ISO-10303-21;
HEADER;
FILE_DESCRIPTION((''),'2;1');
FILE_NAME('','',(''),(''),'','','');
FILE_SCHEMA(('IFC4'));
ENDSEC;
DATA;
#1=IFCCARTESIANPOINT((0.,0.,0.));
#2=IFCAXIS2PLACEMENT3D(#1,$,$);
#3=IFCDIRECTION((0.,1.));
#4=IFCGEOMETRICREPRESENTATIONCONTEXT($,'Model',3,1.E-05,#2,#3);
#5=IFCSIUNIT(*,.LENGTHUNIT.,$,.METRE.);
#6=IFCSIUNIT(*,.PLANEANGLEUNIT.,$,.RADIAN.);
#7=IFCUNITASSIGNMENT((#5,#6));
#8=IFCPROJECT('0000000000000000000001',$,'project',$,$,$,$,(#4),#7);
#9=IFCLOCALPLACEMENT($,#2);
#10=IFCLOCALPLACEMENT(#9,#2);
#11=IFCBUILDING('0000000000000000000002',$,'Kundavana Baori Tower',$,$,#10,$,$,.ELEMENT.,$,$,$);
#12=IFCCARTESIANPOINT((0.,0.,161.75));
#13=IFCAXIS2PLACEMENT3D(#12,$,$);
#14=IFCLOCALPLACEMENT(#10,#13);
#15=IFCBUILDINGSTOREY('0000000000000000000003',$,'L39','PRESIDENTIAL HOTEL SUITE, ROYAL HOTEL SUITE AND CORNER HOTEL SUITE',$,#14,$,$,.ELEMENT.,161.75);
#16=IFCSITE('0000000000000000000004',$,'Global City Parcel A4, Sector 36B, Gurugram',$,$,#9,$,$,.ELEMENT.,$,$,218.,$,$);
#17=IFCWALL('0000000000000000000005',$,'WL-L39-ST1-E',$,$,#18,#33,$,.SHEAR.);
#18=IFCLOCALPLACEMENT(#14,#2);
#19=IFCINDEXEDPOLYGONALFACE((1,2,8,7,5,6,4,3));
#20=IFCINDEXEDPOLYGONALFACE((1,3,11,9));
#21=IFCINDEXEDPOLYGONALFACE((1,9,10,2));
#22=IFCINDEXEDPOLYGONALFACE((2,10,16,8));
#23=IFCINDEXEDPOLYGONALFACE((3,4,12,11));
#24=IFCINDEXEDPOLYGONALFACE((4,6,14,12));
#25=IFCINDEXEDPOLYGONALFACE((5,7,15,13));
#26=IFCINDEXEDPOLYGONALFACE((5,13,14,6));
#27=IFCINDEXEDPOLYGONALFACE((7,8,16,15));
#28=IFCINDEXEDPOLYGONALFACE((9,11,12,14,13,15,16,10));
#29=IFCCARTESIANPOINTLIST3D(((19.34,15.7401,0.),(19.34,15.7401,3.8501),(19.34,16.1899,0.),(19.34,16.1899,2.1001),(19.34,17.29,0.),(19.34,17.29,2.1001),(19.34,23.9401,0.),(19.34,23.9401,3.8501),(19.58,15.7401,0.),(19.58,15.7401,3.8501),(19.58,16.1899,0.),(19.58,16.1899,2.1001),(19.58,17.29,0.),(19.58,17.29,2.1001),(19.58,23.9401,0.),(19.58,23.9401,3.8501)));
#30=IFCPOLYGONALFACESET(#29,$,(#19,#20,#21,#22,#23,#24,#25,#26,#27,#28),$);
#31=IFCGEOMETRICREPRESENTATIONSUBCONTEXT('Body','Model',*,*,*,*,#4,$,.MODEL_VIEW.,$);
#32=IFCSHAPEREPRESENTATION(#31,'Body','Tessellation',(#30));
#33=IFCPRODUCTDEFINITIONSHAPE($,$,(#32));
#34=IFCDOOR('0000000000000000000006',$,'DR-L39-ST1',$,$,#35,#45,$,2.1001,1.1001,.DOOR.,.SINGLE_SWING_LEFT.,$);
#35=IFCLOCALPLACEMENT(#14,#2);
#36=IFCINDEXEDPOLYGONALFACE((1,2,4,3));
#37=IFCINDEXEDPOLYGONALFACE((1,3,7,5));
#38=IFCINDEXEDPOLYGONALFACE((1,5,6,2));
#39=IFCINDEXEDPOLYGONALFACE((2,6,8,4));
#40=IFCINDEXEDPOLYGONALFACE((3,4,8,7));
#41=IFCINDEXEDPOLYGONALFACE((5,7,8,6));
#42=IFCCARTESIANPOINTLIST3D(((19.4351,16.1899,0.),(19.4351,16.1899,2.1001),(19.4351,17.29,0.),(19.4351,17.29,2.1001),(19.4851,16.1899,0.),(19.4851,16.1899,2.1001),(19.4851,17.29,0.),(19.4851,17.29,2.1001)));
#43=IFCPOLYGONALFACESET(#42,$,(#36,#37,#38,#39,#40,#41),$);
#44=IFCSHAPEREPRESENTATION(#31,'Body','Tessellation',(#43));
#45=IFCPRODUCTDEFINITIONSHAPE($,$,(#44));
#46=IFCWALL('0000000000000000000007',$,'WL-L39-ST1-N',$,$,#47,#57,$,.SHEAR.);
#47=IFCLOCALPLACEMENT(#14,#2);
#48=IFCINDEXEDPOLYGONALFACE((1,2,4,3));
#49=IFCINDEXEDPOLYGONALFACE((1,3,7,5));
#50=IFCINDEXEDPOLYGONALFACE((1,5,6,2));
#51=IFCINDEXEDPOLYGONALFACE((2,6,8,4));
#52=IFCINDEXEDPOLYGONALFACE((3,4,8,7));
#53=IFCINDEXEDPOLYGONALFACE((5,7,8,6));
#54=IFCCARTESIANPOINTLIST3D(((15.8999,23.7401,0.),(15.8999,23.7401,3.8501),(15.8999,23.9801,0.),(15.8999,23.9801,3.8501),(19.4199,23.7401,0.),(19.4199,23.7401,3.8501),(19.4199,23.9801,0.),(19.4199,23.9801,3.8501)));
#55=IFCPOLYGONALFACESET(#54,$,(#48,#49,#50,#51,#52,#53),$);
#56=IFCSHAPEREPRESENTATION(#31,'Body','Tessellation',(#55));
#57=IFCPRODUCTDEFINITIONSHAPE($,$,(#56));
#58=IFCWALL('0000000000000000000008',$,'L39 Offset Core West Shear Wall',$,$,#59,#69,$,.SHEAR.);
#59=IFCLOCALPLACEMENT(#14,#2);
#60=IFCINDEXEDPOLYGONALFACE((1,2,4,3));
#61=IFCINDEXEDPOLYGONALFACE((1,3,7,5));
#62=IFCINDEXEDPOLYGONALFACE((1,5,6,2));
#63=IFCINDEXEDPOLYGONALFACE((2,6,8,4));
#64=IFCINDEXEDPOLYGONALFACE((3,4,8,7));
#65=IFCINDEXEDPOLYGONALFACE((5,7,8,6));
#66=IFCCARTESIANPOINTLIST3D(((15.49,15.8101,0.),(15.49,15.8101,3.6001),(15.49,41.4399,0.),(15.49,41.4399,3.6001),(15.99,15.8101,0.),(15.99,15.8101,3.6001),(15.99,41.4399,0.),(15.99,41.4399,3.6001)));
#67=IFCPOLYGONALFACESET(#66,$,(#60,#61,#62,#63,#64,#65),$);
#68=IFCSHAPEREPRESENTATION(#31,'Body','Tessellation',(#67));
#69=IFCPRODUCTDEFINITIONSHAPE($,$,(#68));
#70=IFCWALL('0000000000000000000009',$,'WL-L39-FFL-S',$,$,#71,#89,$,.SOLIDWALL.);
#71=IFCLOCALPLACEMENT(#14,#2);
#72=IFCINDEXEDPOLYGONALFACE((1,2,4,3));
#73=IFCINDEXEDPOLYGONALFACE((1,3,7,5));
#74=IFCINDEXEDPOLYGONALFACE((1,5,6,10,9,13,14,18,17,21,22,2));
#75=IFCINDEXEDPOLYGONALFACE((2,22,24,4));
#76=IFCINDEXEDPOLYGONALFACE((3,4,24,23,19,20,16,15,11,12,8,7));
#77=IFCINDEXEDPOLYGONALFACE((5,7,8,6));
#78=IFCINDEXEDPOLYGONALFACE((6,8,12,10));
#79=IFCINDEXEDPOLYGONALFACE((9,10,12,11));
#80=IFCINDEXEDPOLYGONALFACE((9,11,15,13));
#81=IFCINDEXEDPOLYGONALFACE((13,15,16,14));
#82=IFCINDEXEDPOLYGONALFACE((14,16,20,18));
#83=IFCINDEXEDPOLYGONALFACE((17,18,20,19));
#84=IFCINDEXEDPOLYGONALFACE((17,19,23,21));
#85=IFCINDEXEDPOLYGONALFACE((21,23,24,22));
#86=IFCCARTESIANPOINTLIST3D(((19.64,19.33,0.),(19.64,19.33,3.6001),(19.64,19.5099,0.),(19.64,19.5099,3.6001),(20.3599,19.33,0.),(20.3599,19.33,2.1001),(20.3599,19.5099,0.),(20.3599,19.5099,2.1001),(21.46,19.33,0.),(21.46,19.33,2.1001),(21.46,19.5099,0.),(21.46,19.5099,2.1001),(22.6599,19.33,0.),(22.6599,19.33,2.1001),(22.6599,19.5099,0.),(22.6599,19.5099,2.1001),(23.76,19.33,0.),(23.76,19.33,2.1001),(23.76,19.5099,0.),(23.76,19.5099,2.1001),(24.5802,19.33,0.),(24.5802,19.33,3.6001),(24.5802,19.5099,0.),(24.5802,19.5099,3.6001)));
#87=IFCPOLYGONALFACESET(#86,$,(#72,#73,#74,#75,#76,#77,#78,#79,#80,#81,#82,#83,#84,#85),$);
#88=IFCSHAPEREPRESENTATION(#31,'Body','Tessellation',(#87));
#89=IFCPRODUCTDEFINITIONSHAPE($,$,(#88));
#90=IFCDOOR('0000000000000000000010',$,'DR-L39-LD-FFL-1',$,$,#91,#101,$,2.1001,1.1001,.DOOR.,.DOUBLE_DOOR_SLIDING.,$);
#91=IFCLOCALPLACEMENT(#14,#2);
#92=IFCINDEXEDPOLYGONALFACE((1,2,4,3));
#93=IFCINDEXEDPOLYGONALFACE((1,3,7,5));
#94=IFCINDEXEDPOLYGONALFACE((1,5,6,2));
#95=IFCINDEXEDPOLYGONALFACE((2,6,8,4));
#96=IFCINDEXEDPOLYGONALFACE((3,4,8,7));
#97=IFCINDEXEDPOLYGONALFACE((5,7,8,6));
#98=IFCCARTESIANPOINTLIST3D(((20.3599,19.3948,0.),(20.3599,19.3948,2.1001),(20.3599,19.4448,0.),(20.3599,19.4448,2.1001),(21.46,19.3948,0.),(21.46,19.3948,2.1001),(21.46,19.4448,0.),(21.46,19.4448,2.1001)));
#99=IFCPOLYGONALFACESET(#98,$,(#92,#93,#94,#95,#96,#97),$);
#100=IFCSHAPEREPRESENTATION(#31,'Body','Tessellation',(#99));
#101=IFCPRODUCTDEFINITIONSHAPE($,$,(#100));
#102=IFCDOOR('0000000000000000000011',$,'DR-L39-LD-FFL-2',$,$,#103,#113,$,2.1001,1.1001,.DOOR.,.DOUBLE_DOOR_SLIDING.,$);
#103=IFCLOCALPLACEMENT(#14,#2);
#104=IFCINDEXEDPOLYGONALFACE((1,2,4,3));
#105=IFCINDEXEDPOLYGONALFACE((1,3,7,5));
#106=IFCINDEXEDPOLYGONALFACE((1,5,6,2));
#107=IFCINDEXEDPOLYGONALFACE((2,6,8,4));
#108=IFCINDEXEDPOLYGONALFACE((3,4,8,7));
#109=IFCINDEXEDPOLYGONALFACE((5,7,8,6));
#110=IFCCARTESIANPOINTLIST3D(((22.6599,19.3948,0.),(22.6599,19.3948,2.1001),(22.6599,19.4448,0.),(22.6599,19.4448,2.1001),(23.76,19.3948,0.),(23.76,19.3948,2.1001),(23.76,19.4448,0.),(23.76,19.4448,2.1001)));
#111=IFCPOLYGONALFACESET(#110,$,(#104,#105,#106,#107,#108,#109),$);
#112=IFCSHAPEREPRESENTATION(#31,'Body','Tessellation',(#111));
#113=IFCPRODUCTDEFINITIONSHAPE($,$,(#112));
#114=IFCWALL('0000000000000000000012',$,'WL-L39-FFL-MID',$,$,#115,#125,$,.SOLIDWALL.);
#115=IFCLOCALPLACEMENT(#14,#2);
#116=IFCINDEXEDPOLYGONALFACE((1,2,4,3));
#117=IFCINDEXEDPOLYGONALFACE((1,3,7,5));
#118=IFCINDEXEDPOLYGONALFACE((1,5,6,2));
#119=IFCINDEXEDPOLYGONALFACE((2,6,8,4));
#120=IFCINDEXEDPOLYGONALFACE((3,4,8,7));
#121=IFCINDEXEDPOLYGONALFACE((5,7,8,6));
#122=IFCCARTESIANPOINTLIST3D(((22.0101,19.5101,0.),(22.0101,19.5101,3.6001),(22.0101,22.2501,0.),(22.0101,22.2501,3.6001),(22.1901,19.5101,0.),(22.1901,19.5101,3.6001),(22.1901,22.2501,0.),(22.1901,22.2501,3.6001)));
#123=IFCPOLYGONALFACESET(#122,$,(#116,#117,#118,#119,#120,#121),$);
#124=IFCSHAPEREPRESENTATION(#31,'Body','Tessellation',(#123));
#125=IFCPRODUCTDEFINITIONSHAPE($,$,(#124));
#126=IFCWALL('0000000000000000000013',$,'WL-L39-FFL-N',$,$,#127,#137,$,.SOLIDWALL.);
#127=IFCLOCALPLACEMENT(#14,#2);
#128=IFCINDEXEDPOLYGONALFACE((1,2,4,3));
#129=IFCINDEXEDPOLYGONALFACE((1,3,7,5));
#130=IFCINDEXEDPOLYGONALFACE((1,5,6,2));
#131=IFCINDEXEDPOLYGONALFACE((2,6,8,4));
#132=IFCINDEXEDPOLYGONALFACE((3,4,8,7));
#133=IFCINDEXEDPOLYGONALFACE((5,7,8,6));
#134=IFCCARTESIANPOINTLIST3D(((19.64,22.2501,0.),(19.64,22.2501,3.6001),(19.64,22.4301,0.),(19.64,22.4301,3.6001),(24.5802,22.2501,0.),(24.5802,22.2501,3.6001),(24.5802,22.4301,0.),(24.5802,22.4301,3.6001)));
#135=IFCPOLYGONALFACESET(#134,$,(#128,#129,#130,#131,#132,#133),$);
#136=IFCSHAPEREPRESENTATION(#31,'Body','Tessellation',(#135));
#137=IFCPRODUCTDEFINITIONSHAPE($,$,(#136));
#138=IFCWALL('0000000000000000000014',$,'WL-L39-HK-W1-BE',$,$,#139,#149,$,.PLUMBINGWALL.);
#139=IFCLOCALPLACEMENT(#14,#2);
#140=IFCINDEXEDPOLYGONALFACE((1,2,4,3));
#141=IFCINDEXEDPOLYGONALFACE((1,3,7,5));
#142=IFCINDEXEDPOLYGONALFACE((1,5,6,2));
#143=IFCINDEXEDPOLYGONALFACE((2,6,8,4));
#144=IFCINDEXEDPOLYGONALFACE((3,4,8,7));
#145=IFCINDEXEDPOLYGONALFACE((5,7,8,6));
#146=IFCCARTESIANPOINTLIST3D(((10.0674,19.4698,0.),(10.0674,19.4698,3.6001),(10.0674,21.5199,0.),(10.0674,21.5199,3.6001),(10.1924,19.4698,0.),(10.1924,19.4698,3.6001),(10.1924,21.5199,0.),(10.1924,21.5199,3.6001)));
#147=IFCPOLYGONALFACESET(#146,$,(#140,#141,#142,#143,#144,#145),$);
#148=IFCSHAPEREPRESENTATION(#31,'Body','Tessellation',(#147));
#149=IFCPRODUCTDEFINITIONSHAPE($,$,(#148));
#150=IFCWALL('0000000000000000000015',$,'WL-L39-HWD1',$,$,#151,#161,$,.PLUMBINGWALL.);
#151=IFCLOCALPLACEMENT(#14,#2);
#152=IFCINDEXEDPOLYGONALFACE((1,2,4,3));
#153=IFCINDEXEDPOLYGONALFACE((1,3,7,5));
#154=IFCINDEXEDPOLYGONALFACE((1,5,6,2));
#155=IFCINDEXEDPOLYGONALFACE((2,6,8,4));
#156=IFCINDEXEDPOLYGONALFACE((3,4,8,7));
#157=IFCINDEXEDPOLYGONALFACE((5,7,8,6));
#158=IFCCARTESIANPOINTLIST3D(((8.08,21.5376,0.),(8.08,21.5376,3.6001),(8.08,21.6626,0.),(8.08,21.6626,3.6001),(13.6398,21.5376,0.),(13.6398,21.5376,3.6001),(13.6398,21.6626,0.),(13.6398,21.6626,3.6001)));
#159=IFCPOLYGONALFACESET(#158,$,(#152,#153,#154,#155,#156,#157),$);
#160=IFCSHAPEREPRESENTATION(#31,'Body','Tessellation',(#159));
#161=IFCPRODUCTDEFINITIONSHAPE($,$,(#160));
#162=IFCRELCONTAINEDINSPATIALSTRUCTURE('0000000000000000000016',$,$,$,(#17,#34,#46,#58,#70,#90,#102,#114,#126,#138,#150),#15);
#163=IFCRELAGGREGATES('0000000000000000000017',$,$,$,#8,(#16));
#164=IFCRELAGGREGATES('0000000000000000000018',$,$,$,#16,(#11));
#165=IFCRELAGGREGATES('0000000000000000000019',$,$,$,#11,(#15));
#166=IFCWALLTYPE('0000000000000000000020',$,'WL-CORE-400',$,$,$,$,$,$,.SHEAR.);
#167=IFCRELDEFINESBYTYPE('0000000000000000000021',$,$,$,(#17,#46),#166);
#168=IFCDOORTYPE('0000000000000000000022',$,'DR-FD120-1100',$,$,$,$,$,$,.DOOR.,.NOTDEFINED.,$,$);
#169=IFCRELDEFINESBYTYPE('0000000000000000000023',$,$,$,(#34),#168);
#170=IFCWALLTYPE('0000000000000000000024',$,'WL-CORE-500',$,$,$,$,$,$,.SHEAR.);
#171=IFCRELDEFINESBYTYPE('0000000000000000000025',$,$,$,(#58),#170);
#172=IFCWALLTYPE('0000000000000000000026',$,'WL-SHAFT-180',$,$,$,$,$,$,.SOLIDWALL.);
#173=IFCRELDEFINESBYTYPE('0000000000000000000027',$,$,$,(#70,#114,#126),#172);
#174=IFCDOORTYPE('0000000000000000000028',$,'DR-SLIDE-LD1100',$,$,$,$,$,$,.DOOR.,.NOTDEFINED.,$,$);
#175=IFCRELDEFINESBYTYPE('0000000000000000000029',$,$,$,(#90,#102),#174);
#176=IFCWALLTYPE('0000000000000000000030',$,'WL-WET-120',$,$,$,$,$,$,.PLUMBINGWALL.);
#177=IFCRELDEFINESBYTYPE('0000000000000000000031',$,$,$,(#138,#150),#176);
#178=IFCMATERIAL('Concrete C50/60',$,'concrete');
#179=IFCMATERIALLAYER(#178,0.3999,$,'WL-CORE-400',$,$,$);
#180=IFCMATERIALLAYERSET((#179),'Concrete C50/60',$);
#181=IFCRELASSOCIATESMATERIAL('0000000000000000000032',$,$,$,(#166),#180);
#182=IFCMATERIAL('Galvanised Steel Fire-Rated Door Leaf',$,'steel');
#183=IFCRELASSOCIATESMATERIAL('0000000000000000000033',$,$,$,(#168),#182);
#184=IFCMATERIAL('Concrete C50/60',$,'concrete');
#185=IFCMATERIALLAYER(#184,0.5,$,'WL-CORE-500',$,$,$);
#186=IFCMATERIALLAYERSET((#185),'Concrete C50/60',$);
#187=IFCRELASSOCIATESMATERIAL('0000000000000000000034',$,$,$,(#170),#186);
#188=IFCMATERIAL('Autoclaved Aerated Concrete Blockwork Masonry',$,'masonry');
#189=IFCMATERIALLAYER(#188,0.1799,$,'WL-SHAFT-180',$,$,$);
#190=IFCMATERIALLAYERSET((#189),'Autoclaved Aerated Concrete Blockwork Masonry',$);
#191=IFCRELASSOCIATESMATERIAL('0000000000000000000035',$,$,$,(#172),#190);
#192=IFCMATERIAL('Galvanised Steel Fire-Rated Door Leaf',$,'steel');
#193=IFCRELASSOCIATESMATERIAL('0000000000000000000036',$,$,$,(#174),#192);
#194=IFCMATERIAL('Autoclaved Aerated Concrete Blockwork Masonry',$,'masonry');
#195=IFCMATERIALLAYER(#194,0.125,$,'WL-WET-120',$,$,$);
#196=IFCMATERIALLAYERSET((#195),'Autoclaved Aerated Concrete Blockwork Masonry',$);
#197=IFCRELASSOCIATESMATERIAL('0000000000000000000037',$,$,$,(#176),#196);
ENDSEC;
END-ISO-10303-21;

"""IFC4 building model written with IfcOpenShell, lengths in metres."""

from ifc_helpers import new_model, si_unit, direction, frame, frame_2d, origin, place, context, subcontext, project, spatial, rectangle, extrude, material, layer, layer_set, type_object, element, fill, save


model = new_model("IFC4")

# Units and contexts
model_context = context("Model", 3, precision=1e-05, world=origin(), true_north=direction((0.0, 1.0)))
body_context = subcontext(model_context, "Body", "Model", "MODEL_VIEW")
ifc_project = project(units=[si_unit("LENGTHUNIT", "METRE"), si_unit("PLANEANGLEUNIT", "RADIAN")], contexts=[model_context])

# Site, building, storey
site_placement = place(None, origin())
site = spatial("IfcSite", under=ifc_project, at=site_placement, Name="Global City Parcel A4, Sector 36B, Gurugram", CompositionType="ELEMENT", RefElevation=218.0)
building_placement = place(site_placement, origin())
building = spatial("IfcBuilding", under=site, at=building_placement, Name="Kundavana Baori Tower", CompositionType="ELEMENT")
storey_placement = place(building_placement, frame((0.0, 0.0, 161.75)))
storey = spatial("IfcBuildingStorey", under=building, at=storey_placement, Name="L39", Description="PRESIDENTIAL HOTEL SUITE, ROYAL HOTEL SUITE AND CORNER HOTEL SUITE", CompositionType="ELEMENT", Elevation=161.75)

# Wall, opening, door
ifc_material_1 = material(Name="Concrete C50/60", Category="concrete")
ifc_layer_1 = layer(ifc_material_1, 0.3999, Name="WL-CORE-400")
ifc_layer_set_1 = layer_set([ifc_layer_1], Name="Concrete C50/60")
wall_type_1 = type_object("IfcWallType", Name="WL-CORE-400", PredefinedType="SHEAR", material=ifc_layer_set_1)
wall_1_placement = place(storey_placement, frame((19.46, 15.74, 0.0), z_axis=(0.0, 0.0, 1.0), x_axis=(0.0, 1.0, 0.0)))
wall_1 = element("IfcWall", 1, at=wall_1_placement, inside=storey, type_object=wall_type_1, Name="WL-L39-ST1-E", PredefinedType="SHEAR", context=body_context, shape_type="SweptSolid", body=[
    extrude(rectangle(XDim=8.2, YDim=0.24, at=frame_2d((4.1001, 0.0))), origin(), (0.0, 0.0, 1.0), 3.8501),
])
opening_1_placement = place(wall_1_placement, frame((0.45, 0.0, 0.0)))
opening_1 = element("IfcOpeningElement", 2, at=opening_1_placement, cuts=wall_1, PredefinedType="OPENING", context=body_context, shape_type="SweptSolid", body=[
    extrude(rectangle(XDim=1.1001, YDim=2.1001, at=frame_2d((0.55, 1.05))), frame((0.0, 0.1299, 0.0), z_axis=(0.0, -1.0, 0.0), x_axis=(1.0, 0.0, 0.0)), (0.0, 0.0, 1.0), 0.26),
])
ifc_material_2 = material(Name="Galvanised Steel Fire-Rated Door Leaf", Category="steel")
door_type_1 = type_object("IfcDoorType", Name="DR-FD120-1100", OperationType="NOTDEFINED", PredefinedType="DOOR", material=ifc_material_2)
door_1_placement = place(opening_1_placement, origin())
door_1 = element("IfcDoor", 3, at=door_1_placement, inside=storey, type_object=door_type_1, Name="DR-L39-ST1", OperationType="SINGLE_SWING_LEFT", OverallHeight=2.1001, OverallWidth=1.1001, PredefinedType="DOOR", context=body_context, shape_type="SweptSolid", body=[
    extrude(rectangle(XDim=1.1001, YDim=2.1001, at=frame_2d((0.55, 1.05))), frame((0.0, 0.0249, 0.0), z_axis=(0.0, -1.0, 0.0), x_axis=(1.0, 0.0, 0.0)), (0.0, 0.0, 1.0), 0.05),
])
fill(opening_1, door_1)

# Walls
wall_2_placement = place(storey_placement, frame((15.8999, 23.8601, 0.0), z_axis=(0.0, 0.0, 1.0), x_axis=(1.0, 0.0, 0.0)))
element("IfcWall", 4, at=wall_2_placement, inside=storey, type_object=wall_type_1, Name="WL-L39-ST1-N", PredefinedType="SHEAR", context=body_context, shape_type="SweptSolid", body=[
    extrude(rectangle(XDim=3.52, YDim=0.24, at=frame_2d((1.76, 0.0))), origin(), (0.0, 0.0, 1.0), 3.8501),
])
ifc_material_3 = material(Name="Concrete C50/60", Category="concrete")
ifc_layer_2 = layer(ifc_material_3, 0.5, Name="WL-CORE-500")
ifc_layer_set_2 = layer_set([ifc_layer_2], Name="Concrete C50/60")
wall_type_2 = type_object("IfcWallType", Name="WL-CORE-500", PredefinedType="SHEAR", material=ifc_layer_set_2)
wall_3_placement = place(storey_placement, frame((15.74, 15.8101, 0.0), z_axis=(0.0, 0.0, 1.0), x_axis=(0.0, 1.0, 0.0)))
element("IfcWall", 5, at=wall_3_placement, inside=storey, type_object=wall_type_2, Name="L39 Offset Core West Shear Wall", PredefinedType="SHEAR", context=body_context, shape_type="SweptSolid", body=[
    extrude(rectangle(XDim=25.6299, YDim=0.5, at=frame_2d((12.8149, 0.0))), origin(), (0.0, 0.0, 1.0), 3.6001),
])

# Wall, openings, doors
ifc_material_4 = material(Name="Autoclaved Aerated Concrete Blockwork Masonry", Category="masonry")
ifc_layer_3 = layer(ifc_material_4, 0.1799, Name="WL-SHAFT-180")
ifc_layer_set_3 = layer_set([ifc_layer_3], Name="Autoclaved Aerated Concrete Blockwork Masonry")
wall_type_3 = type_object("IfcWallType", Name="WL-SHAFT-180", PredefinedType="SOLIDWALL", material=ifc_layer_set_3)
wall_4_placement = place(storey_placement, frame((19.6399, 19.4199, 0.0), z_axis=(0.0, 0.0, 1.0), x_axis=(1.0, 0.0, 0.0)))
wall_4 = element("IfcWall", 6, at=wall_4_placement, inside=storey, type_object=wall_type_3, Name="WL-L39-FFL-S", PredefinedType="SOLIDWALL", context=body_context, shape_type="SweptSolid", body=[
    extrude(rectangle(XDim=4.9402, YDim=0.1799, at=frame_2d((2.4702, 0.0))), origin(), (0.0, 0.0, 1.0), 3.6001),
])
opening_2_placement = place(wall_4_placement, frame((0.72, 0.0, 0.0)))
opening_2 = element("IfcOpeningElement", 7, at=opening_2_placement, cuts=wall_4, PredefinedType="OPENING", context=body_context, shape_type="SweptSolid", body=[
    extrude(rectangle(XDim=1.1001, YDim=2.1001, at=frame_2d((0.55, 1.05))), frame((0.0, 0.1001, 0.0), z_axis=(0.0, -1.0, 0.0), x_axis=(1.0, 0.0, 0.0)), (0.0, 0.0, 1.0), 0.2),
])
opening_3_placement = place(wall_4_placement, frame((3.02, 0.0, 0.0)))
opening_3 = element("IfcOpeningElement", 8, at=opening_3_placement, cuts=wall_4, PredefinedType="OPENING", context=body_context, shape_type="SweptSolid", body=[
    extrude(rectangle(XDim=1.1001, YDim=2.1001, at=frame_2d((0.55, 1.05))), frame((0.0, 0.1001, 0.0), z_axis=(0.0, -1.0, 0.0), x_axis=(1.0, 0.0, 0.0)), (0.0, 0.0, 1.0), 0.2),
])
ifc_material_5 = material(Name="Galvanised Steel Fire-Rated Door Leaf", Category="steel")
door_type_2 = type_object("IfcDoorType", Name="DR-SLIDE-LD1100", OperationType="NOTDEFINED", PredefinedType="DOOR", material=ifc_material_5)
door_2_placement = place(opening_2_placement, origin())
door_2 = element("IfcDoor", 9, at=door_2_placement, inside=storey, type_object=door_type_2, Name="DR-L39-LD-FFL-1", OperationType="DOUBLE_DOOR_SLIDING", OverallHeight=2.1001, OverallWidth=1.1001, PredefinedType="DOOR", context=body_context, shape_type="SweptSolid", body=[
    extrude(rectangle(XDim=1.1001, YDim=2.1001, at=frame_2d((0.55, 1.05))), frame((0.0, 0.0249, 0.0), z_axis=(0.0, -1.0, 0.0), x_axis=(1.0, 0.0, 0.0)), (0.0, 0.0, 1.0), 0.05),
])
fill(opening_2, door_2)
door_3_placement = place(opening_3_placement, origin())
door_3 = element("IfcDoor", 10, at=door_3_placement, inside=storey, type_object=door_type_2, Name="DR-L39-LD-FFL-2", OperationType="DOUBLE_DOOR_SLIDING", OverallHeight=2.1001, OverallWidth=1.1001, PredefinedType="DOOR", context=body_context, shape_type="SweptSolid", body=[
    extrude(rectangle(XDim=1.1001, YDim=2.1001, at=frame_2d((0.55, 1.05))), frame((0.0, 0.0249, 0.0), z_axis=(0.0, -1.0, 0.0), x_axis=(1.0, 0.0, 0.0)), (0.0, 0.0, 1.0), 0.05),
])
fill(opening_3, door_3)

# Walls
wall_5_placement = place(storey_placement, frame((22.1001, 19.51, 0.0), z_axis=(0.0, 0.0, 1.0), x_axis=(0.0, 1.0, 0.0)))
element("IfcWall", 11, at=wall_5_placement, inside=storey, type_object=wall_type_3, Name="WL-L39-FFL-MID", PredefinedType="SOLIDWALL", context=body_context, shape_type="SweptSolid", body=[
    extrude(rectangle(XDim=2.74, YDim=0.1799, at=frame_2d((1.3701, 0.0))), origin(), (0.0, 0.0, 1.0), 3.6001),
])
wall_6_placement = place(storey_placement, frame((19.6399, 22.3401, 0.0), z_axis=(0.0, 0.0, 1.0), x_axis=(1.0, 0.0, 0.0)))
element("IfcWall", 12, at=wall_6_placement, inside=storey, type_object=wall_type_3, Name="WL-L39-FFL-N", PredefinedType="SOLIDWALL", context=body_context, shape_type="SweptSolid", body=[
    extrude(rectangle(XDim=4.9402, YDim=0.1799, at=frame_2d((2.4702, 0.0))), origin(), (0.0, 0.0, 1.0), 3.6001),
])
ifc_material_6 = material(Name="Autoclaved Aerated Concrete Blockwork Masonry", Category="masonry")
ifc_layer_4 = layer(ifc_material_6, 0.125, Name="WL-WET-120")
ifc_layer_set_4 = layer_set([ifc_layer_4], Name="Autoclaved Aerated Concrete Blockwork Masonry")
wall_type_4 = type_object("IfcWallType", Name="WL-WET-120", PredefinedType="PLUMBINGWALL", material=ifc_layer_set_4)
wall_7_placement = place(storey_placement, frame((10.1299, 19.47, 0.0), z_axis=(0.0, 0.0, 1.0), x_axis=(0.0, 1.0, 0.0)))
element("IfcWall", 13, at=wall_7_placement, inside=storey, type_object=wall_type_4, Name="WL-L39-HK-W1-BE", PredefinedType="PLUMBINGWALL", context=body_context, shape_type="SweptSolid", body=[
    extrude(rectangle(XDim=2.05, YDim=0.125, at=frame_2d((1.0249, 0.0))), origin(), (0.0, 0.0, 1.0), 3.6001),
])
wall_8_placement = place(storey_placement, frame((8.0801, 21.6001, 0.0), z_axis=(0.0, 0.0, 1.0), x_axis=(1.0, 0.0, 0.0)))
element("IfcWall", 14, at=wall_8_placement, inside=storey, type_object=wall_type_4, Name="WL-L39-HWD1", PredefinedType="PLUMBINGWALL", context=body_context, shape_type="SweptSolid", body=[
    extrude(rectangle(XDim=5.5598, YDim=0.125, at=frame_2d((2.7798, 0.0))), origin(), (0.0, 0.0, 1.0), 3.6001),
])

save(model, "model.ifc")
